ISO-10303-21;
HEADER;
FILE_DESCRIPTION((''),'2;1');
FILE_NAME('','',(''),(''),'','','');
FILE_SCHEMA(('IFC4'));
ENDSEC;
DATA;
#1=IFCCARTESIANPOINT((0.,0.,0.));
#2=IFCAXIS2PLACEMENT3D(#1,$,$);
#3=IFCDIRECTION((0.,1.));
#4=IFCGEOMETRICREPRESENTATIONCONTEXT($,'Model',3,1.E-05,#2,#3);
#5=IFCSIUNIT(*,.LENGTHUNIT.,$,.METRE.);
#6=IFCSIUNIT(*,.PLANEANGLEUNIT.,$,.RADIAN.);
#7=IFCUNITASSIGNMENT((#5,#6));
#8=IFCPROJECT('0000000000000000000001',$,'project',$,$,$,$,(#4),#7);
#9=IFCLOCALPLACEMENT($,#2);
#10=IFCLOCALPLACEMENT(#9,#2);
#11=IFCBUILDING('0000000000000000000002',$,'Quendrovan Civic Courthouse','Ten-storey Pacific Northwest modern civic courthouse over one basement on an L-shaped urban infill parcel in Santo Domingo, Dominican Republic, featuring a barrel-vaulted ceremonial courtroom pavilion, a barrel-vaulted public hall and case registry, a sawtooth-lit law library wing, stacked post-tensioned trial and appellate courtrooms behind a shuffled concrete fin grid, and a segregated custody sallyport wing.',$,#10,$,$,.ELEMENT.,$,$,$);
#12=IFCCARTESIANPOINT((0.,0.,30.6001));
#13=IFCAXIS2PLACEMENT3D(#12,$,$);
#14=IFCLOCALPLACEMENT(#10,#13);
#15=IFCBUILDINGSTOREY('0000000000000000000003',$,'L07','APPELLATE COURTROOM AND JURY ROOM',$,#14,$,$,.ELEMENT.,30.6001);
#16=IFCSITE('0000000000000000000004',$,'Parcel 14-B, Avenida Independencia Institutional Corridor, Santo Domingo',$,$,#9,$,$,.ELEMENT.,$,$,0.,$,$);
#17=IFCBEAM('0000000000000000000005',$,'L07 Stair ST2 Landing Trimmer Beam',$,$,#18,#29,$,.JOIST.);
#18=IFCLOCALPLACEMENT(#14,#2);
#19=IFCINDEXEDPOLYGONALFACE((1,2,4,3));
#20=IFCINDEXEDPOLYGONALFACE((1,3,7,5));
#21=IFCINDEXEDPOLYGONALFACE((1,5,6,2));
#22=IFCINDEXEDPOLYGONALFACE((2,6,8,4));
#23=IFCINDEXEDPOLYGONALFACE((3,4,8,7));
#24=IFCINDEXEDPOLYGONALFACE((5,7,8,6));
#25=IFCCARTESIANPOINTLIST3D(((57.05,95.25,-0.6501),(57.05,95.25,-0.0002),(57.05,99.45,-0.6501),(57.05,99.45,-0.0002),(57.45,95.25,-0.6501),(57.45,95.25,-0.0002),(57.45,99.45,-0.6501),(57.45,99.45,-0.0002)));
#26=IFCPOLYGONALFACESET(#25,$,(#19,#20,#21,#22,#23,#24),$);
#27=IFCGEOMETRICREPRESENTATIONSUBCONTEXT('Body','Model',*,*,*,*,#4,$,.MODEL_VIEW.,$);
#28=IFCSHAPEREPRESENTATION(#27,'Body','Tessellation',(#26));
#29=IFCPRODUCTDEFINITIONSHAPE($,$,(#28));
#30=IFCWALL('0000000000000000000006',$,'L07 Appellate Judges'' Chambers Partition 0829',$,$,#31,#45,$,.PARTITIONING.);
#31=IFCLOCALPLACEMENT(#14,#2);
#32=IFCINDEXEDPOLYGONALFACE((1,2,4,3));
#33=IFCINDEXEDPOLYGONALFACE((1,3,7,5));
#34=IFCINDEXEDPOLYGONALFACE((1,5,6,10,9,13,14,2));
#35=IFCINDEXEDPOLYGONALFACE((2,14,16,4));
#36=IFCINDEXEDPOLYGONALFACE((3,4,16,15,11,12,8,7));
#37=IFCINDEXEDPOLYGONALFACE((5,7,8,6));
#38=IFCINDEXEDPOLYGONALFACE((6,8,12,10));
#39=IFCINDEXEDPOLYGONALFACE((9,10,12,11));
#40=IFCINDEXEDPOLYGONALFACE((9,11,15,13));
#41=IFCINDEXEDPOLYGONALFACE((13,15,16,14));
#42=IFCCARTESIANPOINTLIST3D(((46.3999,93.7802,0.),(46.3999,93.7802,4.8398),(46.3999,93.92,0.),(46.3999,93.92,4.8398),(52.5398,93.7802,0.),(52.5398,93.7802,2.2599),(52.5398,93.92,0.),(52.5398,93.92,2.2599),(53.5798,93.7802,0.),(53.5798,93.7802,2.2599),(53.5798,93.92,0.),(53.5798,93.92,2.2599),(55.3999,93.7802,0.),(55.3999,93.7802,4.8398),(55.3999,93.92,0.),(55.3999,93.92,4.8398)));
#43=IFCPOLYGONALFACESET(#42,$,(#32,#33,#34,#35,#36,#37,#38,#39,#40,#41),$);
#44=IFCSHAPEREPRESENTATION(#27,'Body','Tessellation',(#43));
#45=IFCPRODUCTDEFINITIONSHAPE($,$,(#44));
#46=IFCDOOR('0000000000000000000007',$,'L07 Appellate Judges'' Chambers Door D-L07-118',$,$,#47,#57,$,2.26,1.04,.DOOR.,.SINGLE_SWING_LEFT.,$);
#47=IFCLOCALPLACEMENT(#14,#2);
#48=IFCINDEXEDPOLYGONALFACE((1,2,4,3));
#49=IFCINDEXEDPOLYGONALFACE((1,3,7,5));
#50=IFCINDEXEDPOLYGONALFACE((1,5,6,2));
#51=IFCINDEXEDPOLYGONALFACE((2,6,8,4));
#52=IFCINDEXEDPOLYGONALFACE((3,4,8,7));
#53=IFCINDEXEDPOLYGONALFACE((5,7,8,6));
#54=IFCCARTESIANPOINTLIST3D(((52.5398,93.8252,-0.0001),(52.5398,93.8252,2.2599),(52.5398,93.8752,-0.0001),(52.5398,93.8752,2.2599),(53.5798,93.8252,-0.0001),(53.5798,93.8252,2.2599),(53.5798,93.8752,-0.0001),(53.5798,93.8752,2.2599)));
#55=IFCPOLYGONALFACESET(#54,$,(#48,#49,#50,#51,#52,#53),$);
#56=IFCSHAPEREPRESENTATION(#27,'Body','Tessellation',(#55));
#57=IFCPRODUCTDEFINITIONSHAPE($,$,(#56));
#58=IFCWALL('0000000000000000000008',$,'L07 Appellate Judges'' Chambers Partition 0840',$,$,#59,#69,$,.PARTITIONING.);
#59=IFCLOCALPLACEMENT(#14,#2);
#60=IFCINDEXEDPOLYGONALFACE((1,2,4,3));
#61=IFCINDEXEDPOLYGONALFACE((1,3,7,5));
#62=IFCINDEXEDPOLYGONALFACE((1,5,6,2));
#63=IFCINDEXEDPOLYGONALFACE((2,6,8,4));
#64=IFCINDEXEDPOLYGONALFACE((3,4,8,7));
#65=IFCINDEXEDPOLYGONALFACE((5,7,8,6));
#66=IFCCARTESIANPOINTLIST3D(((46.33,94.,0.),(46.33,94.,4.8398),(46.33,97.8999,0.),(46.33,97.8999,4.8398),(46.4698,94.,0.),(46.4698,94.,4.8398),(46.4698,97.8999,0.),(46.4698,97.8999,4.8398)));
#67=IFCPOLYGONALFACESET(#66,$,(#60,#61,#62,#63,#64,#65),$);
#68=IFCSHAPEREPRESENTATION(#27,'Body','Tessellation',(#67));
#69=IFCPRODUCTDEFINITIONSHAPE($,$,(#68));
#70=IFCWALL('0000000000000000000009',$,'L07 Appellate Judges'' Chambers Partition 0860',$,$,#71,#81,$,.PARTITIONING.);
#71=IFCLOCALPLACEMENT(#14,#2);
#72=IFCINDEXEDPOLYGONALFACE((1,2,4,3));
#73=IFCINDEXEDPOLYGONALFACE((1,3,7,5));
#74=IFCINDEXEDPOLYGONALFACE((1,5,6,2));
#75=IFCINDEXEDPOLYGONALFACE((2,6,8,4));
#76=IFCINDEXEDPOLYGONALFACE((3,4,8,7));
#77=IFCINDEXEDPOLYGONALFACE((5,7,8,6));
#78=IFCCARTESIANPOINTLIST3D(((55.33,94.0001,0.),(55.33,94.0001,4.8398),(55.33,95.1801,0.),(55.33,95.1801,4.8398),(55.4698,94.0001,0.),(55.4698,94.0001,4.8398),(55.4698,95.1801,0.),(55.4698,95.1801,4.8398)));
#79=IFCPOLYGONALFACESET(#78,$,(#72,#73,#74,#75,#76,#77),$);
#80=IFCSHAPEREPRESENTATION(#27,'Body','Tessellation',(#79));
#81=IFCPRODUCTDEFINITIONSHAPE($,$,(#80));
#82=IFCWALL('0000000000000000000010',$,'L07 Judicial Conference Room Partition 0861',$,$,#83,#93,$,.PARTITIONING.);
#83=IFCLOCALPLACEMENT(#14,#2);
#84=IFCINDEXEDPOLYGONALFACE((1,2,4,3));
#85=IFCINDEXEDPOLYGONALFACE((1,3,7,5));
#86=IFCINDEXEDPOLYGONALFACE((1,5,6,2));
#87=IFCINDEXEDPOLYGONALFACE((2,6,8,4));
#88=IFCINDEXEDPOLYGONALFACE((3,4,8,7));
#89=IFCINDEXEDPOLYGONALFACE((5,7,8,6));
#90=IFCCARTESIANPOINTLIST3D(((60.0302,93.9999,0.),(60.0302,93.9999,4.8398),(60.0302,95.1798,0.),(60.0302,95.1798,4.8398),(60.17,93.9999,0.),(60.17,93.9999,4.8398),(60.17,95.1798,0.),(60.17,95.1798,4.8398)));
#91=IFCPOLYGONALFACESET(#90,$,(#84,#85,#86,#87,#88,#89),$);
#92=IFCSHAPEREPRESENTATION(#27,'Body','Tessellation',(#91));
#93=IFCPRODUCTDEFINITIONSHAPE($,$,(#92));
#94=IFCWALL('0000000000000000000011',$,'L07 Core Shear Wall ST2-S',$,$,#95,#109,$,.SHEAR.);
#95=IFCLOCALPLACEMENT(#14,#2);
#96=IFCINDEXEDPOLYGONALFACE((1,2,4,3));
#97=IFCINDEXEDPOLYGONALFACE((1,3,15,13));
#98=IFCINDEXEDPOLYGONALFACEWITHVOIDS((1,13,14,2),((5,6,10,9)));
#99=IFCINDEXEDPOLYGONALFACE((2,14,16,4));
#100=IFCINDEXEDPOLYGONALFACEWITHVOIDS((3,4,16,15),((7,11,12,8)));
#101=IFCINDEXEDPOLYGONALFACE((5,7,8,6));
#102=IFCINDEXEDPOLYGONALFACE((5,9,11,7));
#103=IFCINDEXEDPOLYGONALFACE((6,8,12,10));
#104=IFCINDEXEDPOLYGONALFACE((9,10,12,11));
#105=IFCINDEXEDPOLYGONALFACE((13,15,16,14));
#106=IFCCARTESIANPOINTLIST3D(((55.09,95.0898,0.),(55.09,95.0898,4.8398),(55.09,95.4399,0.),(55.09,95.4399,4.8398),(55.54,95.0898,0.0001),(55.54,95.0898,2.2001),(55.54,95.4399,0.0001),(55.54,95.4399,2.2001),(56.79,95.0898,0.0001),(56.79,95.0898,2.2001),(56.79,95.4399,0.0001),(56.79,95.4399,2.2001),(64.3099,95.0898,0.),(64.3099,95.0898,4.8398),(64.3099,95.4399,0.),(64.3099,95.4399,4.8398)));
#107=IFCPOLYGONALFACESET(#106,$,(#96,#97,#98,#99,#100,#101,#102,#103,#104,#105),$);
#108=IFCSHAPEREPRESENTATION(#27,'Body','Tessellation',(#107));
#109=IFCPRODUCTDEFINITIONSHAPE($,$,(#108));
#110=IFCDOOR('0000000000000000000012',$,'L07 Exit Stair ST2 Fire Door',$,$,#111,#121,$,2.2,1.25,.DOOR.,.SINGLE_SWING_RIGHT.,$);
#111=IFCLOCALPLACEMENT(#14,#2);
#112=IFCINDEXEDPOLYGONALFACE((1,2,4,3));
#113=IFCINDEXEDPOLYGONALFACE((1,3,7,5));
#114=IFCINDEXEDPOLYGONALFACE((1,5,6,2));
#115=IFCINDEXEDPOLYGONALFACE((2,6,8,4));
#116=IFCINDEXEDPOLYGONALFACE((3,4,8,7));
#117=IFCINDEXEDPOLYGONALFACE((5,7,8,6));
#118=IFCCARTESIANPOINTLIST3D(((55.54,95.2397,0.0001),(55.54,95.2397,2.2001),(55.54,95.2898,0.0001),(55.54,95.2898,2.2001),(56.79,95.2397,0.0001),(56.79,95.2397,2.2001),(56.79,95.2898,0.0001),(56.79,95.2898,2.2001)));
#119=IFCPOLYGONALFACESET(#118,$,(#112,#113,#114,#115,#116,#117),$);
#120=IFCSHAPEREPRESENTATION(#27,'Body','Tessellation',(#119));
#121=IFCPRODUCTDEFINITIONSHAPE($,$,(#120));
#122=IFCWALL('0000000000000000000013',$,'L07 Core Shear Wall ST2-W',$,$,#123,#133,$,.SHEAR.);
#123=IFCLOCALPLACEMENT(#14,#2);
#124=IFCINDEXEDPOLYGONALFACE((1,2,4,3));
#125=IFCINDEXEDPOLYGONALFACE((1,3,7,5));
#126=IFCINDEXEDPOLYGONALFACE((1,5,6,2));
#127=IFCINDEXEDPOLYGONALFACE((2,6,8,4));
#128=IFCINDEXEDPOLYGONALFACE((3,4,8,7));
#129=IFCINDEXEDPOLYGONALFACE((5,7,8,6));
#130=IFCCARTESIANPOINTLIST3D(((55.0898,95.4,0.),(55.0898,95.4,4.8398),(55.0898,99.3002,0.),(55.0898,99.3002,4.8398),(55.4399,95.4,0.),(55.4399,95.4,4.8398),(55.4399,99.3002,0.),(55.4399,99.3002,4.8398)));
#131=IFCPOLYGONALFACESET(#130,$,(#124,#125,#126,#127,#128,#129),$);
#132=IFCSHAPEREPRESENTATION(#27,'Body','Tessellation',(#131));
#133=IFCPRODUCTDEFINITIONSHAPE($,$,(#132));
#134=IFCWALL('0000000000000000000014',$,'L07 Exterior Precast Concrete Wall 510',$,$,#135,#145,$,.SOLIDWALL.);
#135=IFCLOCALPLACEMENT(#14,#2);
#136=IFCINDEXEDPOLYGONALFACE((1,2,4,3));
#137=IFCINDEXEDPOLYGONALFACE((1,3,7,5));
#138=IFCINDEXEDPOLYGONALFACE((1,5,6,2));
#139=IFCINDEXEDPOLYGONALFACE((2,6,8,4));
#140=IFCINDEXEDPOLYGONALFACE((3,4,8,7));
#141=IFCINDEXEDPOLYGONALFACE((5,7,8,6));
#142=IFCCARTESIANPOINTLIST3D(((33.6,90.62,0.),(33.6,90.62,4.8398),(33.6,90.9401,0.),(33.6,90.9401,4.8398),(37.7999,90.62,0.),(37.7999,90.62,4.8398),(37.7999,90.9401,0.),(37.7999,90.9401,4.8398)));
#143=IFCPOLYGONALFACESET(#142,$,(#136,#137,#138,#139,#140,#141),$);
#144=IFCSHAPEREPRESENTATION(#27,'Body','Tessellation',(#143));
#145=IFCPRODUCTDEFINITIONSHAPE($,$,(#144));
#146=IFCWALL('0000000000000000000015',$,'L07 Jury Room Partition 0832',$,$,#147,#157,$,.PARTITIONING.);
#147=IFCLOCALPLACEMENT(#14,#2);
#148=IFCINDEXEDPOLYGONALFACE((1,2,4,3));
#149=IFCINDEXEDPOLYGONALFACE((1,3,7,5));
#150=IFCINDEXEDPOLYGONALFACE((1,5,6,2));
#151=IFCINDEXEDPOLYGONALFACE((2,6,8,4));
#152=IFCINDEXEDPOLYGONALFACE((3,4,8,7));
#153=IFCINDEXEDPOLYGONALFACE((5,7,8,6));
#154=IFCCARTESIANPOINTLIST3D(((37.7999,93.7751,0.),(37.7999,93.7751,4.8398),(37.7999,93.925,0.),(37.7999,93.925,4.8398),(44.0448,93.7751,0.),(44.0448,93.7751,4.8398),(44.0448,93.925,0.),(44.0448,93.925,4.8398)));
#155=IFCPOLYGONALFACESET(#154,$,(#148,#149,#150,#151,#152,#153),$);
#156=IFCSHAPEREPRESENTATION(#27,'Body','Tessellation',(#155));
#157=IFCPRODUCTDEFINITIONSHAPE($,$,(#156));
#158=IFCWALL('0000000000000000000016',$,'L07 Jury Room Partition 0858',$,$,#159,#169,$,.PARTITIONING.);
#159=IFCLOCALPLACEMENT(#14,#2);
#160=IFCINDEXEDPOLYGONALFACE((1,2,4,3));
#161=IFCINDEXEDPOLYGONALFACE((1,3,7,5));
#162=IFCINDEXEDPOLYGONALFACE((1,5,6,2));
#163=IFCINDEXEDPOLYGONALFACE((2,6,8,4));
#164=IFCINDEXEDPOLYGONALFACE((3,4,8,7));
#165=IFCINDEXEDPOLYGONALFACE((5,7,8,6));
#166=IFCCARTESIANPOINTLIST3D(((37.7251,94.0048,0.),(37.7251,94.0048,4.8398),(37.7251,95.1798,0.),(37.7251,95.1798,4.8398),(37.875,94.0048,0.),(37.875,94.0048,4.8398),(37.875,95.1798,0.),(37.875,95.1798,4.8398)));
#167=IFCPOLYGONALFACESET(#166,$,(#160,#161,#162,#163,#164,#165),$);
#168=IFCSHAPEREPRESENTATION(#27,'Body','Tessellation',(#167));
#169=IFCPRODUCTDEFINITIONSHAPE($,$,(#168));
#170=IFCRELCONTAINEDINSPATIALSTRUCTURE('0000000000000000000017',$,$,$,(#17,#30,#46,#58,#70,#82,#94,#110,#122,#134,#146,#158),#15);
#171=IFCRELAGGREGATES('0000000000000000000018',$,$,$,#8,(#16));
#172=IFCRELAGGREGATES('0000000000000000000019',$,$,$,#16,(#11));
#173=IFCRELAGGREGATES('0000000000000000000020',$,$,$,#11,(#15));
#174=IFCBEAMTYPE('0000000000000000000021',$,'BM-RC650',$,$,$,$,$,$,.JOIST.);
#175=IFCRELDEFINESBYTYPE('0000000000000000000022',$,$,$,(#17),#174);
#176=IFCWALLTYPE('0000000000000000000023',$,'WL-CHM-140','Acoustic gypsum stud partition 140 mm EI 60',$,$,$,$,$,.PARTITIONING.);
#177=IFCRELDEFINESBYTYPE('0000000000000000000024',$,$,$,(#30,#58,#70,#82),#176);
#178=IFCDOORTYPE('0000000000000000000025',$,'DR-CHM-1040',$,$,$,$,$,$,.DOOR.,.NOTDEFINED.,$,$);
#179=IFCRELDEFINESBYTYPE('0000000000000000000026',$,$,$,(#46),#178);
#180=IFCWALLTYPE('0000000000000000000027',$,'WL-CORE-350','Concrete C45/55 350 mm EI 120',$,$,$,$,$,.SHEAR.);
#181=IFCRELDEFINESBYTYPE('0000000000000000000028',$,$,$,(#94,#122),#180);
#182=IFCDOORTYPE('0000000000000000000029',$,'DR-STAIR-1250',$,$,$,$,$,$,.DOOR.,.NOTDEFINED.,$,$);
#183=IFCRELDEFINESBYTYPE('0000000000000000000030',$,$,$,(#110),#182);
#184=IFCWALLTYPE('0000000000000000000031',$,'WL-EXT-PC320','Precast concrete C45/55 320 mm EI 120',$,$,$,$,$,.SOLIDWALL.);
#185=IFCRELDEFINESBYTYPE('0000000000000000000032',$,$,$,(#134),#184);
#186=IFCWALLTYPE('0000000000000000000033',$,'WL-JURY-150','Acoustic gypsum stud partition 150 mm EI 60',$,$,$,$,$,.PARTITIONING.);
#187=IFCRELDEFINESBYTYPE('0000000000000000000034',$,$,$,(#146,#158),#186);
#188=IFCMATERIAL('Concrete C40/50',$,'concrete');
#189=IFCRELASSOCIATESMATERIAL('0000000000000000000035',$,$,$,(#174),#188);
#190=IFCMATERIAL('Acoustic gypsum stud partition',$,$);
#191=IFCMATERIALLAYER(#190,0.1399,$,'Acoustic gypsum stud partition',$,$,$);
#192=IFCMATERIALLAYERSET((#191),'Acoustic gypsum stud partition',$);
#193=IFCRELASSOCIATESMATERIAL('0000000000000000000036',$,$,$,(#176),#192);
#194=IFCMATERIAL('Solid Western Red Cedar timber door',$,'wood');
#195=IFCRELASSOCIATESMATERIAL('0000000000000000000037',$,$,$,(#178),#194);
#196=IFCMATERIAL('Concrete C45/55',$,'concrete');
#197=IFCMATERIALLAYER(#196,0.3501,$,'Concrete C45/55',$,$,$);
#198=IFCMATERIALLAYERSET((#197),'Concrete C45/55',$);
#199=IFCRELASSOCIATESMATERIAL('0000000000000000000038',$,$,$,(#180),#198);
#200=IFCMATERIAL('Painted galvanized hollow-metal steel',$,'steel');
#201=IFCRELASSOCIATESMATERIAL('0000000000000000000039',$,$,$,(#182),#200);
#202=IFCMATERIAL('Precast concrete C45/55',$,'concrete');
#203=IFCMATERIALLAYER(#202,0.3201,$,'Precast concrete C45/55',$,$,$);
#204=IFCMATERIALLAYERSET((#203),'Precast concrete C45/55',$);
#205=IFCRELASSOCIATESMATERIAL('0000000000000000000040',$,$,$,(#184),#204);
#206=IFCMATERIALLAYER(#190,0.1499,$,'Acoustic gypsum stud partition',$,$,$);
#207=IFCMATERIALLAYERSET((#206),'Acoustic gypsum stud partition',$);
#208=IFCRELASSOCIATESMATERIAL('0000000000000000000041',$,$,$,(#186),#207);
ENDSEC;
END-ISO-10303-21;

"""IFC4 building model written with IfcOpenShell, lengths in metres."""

from ifc_helpers import new_model, si_unit, direction, frame, frame_2d, origin, origin_2d, place, context, subcontext, project, spatial, rectangle, extrude, material, layer, layer_set, material_profile, profile_set, type_object, element, fill, save


model = new_model("IFC4")

# Units and contexts
model_context = context("Model", 3, precision=1e-05, world=origin(), true_north=direction((0.0, 1.0)))
body_context = subcontext(model_context, "Body", "Model", "MODEL_VIEW")
ifc_project = project(units=[si_unit("LENGTHUNIT", "METRE"), si_unit("PLANEANGLEUNIT", "RADIAN")], contexts=[model_context])

# Site, building, storey
site_placement = place(None, origin())
site = spatial("IfcSite", under=ifc_project, at=site_placement, Name="Parcel 14-B, Avenida Independencia Institutional Corridor, Santo Domingo", CompositionType="ELEMENT", RefElevation=0.0)
building_placement = place(site_placement, origin())
building = spatial("IfcBuilding", under=site, at=building_placement, Name="Quendrovan Civic Courthouse", Description="Ten-storey Pacific Northwest modern civic courthouse over one basement on an L-shaped urban infill parcel in Santo Domingo, Dominican Republic, featuring a barrel-vaulted ceremonial courtroom pavilion, a barrel-vaulted public hall and case registry, a sawtooth-lit law library wing, stacked post-tensioned trial and appellate courtrooms behind a shuffled concrete fin grid, and a segregated custody sallyport wing.", CompositionType="ELEMENT")
storey_placement = place(building_placement, frame((0.0, 0.0, 30.6001)))
storey = spatial("IfcBuildingStorey", under=building, at=storey_placement, Name="L07", Description="APPELLATE COURTROOM AND JURY ROOM", CompositionType="ELEMENT", Elevation=30.6001)

# Beam
ifc_material_1 = material(Name="Concrete C40/50", Category="concrete")
ifc_material_profile = material_profile(ifc_material_1, rectangle(XDim=0.3999, YDim=0.6499, at=origin_2d()), Name="RC-BM-400x650")
ifc_profile_set = profile_set([ifc_material_profile], Name="Concrete C40/50")
beam_type = type_object("IfcBeamType", Name="BM-RC650", PredefinedType="JOIST", material=ifc_profile_set)
beam_placement = place(storey_placement, frame((57.25, 95.25, -0.3252), z_axis=(0.0, 1.0, 0.0), x_axis=(-1.0, 0.0, 0.0)))
element("IfcBeam", 1, at=beam_placement, inside=storey, type_object=beam_type, Name="L07 Stair ST2 Landing Trimmer Beam", PredefinedType="JOIST", context=body_context, shape_type="SweptSolid", body=[
    extrude(rectangle(XDim=0.3999, YDim=0.6499, at=origin_2d()), origin(), (0.0, 0.0, 1.0), 4.2),
])

# Wall, opening, door
ifc_material_2 = material(Name="Acoustic gypsum stud partition")
ifc_layer_1 = layer(ifc_material_2, 0.1399, Name="Acoustic gypsum stud partition")
ifc_layer_set_1 = layer_set([ifc_layer_1], Name="Acoustic gypsum stud partition")
wall_type_1 = type_object("IfcWallType", Name="WL-CHM-140", Description="Acoustic gypsum stud partition 140 mm EI 60", PredefinedType="PARTITIONING", material=ifc_layer_set_1)
wall_1_placement = place(storey_placement, frame((55.3999, 93.8501, 0.0), z_axis=(0.0, 0.0, 1.0), x_axis=(-1.0, 0.0, 0.0)))
wall_1 = element("IfcWall", 2, at=wall_1_placement, inside=storey, type_object=wall_type_1, Name="L07 Appellate Judges' Chambers Partition 0829", PredefinedType="PARTITIONING", context=body_context, shape_type="SweptSolid", body=[
    extrude(rectangle(XDim=9.0, YDim=0.1399, at=frame_2d((4.5, 0.0))), origin(), (0.0, 0.0, 1.0), 4.8398),
])
opening_1_placement = place(wall_1_placement, frame((1.8201, 0.0, 0.0)))
opening_1 = element("IfcOpeningElement", 3, at=opening_1_placement, cuts=wall_1, PredefinedType="OPENING", context=body_context, shape_type="SweptSolid", body=[
    extrude(rectangle(XDim=1.04, YDim=2.26, at=frame_2d((0.52, 1.1299))), frame((0.0, 0.0801, 0.0), z_axis=(0.0, -1.0, 0.0), x_axis=(1.0, 0.0, 0.0)), (0.0, 0.0, 1.0), 0.1599),
])
ifc_material_3 = material(Name="Solid Western Red Cedar timber door", Category="wood")
door_type_1 = type_object("IfcDoorType", Name="DR-CHM-1040", OperationType="NOTDEFINED", PredefinedType="DOOR", material=ifc_material_3)
door_1_placement = place(opening_1_placement, origin())
door_1 = element("IfcDoor", 4, at=door_1_placement, inside=storey, type_object=door_type_1, Name="L07 Appellate Judges' Chambers Door D-L07-118", OperationType="SINGLE_SWING_LEFT", OverallHeight=2.26, OverallWidth=1.04, PredefinedType="DOOR", context=body_context, shape_type="SweptSolid", body=[
    extrude(rectangle(XDim=1.04, YDim=2.26, at=frame_2d((0.52, 1.1299))), frame((0.0, 0.0249, 0.0), z_axis=(0.0, -1.0, 0.0), x_axis=(1.0, 0.0, 0.0)), (0.0, 0.0, 1.0), 0.05),
])
fill(opening_1, door_1)

# Walls
wall_2_placement = place(storey_placement, frame((46.3999, 94.0, 0.0), z_axis=(0.0, 0.0, 1.0), x_axis=(0.0, 1.0, 0.0)))
element("IfcWall", 5, at=wall_2_placement, inside=storey, type_object=wall_type_1, Name="L07 Appellate Judges' Chambers Partition 0840", PredefinedType="PARTITIONING", context=body_context, shape_type="SweptSolid", body=[
    extrude(rectangle(XDim=3.8999, YDim=0.1399, at=frame_2d((1.95, 0.0))), origin(), (0.0, 0.0, 1.0), 4.8398),
])
for number, where, z_axis, x_axis, name in (
    (6, (55.3999, 95.1799, 0.0), (0.0, 0.0, 1.0), (0.0, -1.0, 0.0), "L07 Appellate Judges' Chambers Partition 0860"),
    (7, (60.1001, 94.0, 0.0), (0.0, 0.0, 1.0), (0.0, 1.0, 0.0), "L07 Judicial Conference Room Partition 0861"),
):
    element("IfcWall", number, at=place(storey_placement, frame(where, z_axis=z_axis, x_axis=x_axis)), inside=storey, type_object=wall_type_1, Name=name, PredefinedType="PARTITIONING", context=body_context, shape_type="SweptSolid", body=[
        extrude(rectangle(XDim=1.1799, YDim=0.1399, at=frame_2d((0.5898, 0.0))), origin(), (0.0, 0.0, 1.0), 4.8398),
    ])

# Wall, opening, door
ifc_material_4 = material(Name="Concrete C45/55", Category="concrete")
ifc_layer_2 = layer(ifc_material_4, 0.3501, Name="Concrete C45/55")
ifc_layer_set_2 = layer_set([ifc_layer_2], Name="Concrete C45/55")
wall_type_2 = type_object("IfcWallType", Name="WL-CORE-350", Description="Concrete C45/55 350 mm EI 120", PredefinedType="SHEAR", material=ifc_layer_set_2)
wall_3_placement = place(storey_placement, frame((55.0901, 95.2649, 0.0), z_axis=(0.0, 0.0, 1.0), x_axis=(1.0, 0.0, 0.0)))
wall_3 = element("IfcWall", 8, at=wall_3_placement, inside=storey, type_object=wall_type_2, Name="L07 Core Shear Wall ST2-S", PredefinedType="SHEAR", context=body_context, shape_type="SweptSolid", body=[
    extrude(rectangle(XDim=9.22, YDim=0.3501, at=frame_2d((4.6099, 0.0))), origin(), (0.0, 0.0, 1.0), 4.8398),
])
opening_2_placement = place(wall_3_placement, frame((0.45, 0.0, 0.0)))
opening_2 = element("IfcOpeningElement", 9, at=opening_2_placement, cuts=wall_3, PredefinedType="OPENING", context=body_context, shape_type="SweptSolid", body=[
    extrude(rectangle(XDim=1.25, YDim=2.2, at=frame_2d((0.625, 1.1001))), frame((0.0, 0.1851, 0.0), z_axis=(0.0, -1.0, 0.0), x_axis=(1.0, 0.0, 0.0)), (0.0, 0.0, 1.0), 0.3701),
])
ifc_material_5 = material(Name="Painted galvanized hollow-metal steel", Category="steel")
door_type_2 = type_object("IfcDoorType", Name="DR-STAIR-1250", OperationType="NOTDEFINED", PredefinedType="DOOR", material=ifc_material_5)
door_2_placement = place(opening_2_placement, origin())
door_2 = element("IfcDoor", 10, at=door_2_placement, inside=storey, type_object=door_type_2, Name="L07 Exit Stair ST2 Fire Door", OperationType="SINGLE_SWING_RIGHT", OverallHeight=2.2, OverallWidth=1.25, PredefinedType="DOOR", context=body_context, shape_type="SweptSolid", body=[
    extrude(rectangle(XDim=1.25, YDim=2.2, at=frame_2d((0.625, 1.1001))), frame((0.0, 0.0249, 0.0), z_axis=(0.0, -1.0, 0.0), x_axis=(1.0, 0.0, 0.0)), (0.0, 0.0, 1.0), 0.05),
])
fill(opening_2, door_2)

# Walls
wall_4_placement = place(storey_placement, frame((55.2649, 95.3999, 0.0), z_axis=(0.0, 0.0, 1.0), x_axis=(0.0, 1.0, 0.0)))
element("IfcWall", 11, at=wall_4_placement, inside=storey, type_object=wall_type_2, Name="L07 Core Shear Wall ST2-W", PredefinedType="SHEAR", context=body_context, shape_type="SweptSolid", body=[
    extrude(rectangle(XDim=3.9001, YDim=0.3501, at=frame_2d((1.9502, 0.0))), origin(), (0.0, 0.0, 1.0), 4.8398),
])
ifc_material_6 = material(Name="Precast concrete C45/55", Category="concrete")
ifc_layer_3 = layer(ifc_material_6, 0.3201, Name="Precast concrete C45/55")
ifc_layer_set_3 = layer_set([ifc_layer_3], Name="Precast concrete C45/55")
wall_type_3 = type_object("IfcWallType", Name="WL-EXT-PC320", Description="Precast concrete C45/55 320 mm EI 120", PredefinedType="SOLIDWALL", material=ifc_layer_set_3)
wall_5_placement = place(storey_placement, frame((37.8, 90.78, 0.0), z_axis=(0.0, 0.0, 1.0), x_axis=(-1.0, 0.0, 0.0)))
element("IfcWall", 12, at=wall_5_placement, inside=storey, type_object=wall_type_3, Name="L07 Exterior Precast Concrete Wall 510", PredefinedType="SOLIDWALL", context=body_context, shape_type="SweptSolid", body=[
    extrude(rectangle(XDim=4.2, YDim=0.3201, at=frame_2d((2.1001, 0.0))), origin(), (0.0, 0.0, 1.0), 4.8398),
])
ifc_layer_4 = layer(ifc_material_2, 0.1499, Name="Acoustic gypsum stud partition")
ifc_layer_set_4 = layer_set([ifc_layer_4], Name="Acoustic gypsum stud partition")
wall_type_4 = type_object("IfcWallType", Name="WL-JURY-150", Description="Acoustic gypsum stud partition 150 mm EI 60", PredefinedType="PARTITIONING", material=ifc_layer_set_4)
wall_6_placement = place(storey_placement, frame((44.0449, 93.8501, 0.0), z_axis=(0.0, 0.0, 1.0), x_axis=(-1.0, 0.0, 0.0)))
element("IfcWall", 13, at=wall_6_placement, inside=storey, type_object=wall_type_4, Name="L07 Jury Room Partition 0832", PredefinedType="PARTITIONING", context=body_context, shape_type="SweptSolid", body=[
    extrude(rectangle(XDim=6.2449, YDim=0.1499, at=frame_2d((3.1226, 0.0))), origin(), (0.0, 0.0, 1.0), 4.8398),
])
wall_7_placement = place(storey_placement, frame((37.8, 94.0049, 0.0), z_axis=(0.0, 0.0, 1.0), x_axis=(0.0, 1.0, 0.0)))
element("IfcWall", 14, at=wall_7_placement, inside=storey, type_object=wall_type_4, Name="L07 Jury Room Partition 0858", PredefinedType="PARTITIONING", context=body_context, shape_type="SweptSolid", body=[
    extrude(rectangle(XDim=1.175, YDim=0.1499, at=frame_2d((0.5874, 0.0))), origin(), (0.0, 0.0, 1.0), 4.8398),
])

save(model, "model.ifc")
